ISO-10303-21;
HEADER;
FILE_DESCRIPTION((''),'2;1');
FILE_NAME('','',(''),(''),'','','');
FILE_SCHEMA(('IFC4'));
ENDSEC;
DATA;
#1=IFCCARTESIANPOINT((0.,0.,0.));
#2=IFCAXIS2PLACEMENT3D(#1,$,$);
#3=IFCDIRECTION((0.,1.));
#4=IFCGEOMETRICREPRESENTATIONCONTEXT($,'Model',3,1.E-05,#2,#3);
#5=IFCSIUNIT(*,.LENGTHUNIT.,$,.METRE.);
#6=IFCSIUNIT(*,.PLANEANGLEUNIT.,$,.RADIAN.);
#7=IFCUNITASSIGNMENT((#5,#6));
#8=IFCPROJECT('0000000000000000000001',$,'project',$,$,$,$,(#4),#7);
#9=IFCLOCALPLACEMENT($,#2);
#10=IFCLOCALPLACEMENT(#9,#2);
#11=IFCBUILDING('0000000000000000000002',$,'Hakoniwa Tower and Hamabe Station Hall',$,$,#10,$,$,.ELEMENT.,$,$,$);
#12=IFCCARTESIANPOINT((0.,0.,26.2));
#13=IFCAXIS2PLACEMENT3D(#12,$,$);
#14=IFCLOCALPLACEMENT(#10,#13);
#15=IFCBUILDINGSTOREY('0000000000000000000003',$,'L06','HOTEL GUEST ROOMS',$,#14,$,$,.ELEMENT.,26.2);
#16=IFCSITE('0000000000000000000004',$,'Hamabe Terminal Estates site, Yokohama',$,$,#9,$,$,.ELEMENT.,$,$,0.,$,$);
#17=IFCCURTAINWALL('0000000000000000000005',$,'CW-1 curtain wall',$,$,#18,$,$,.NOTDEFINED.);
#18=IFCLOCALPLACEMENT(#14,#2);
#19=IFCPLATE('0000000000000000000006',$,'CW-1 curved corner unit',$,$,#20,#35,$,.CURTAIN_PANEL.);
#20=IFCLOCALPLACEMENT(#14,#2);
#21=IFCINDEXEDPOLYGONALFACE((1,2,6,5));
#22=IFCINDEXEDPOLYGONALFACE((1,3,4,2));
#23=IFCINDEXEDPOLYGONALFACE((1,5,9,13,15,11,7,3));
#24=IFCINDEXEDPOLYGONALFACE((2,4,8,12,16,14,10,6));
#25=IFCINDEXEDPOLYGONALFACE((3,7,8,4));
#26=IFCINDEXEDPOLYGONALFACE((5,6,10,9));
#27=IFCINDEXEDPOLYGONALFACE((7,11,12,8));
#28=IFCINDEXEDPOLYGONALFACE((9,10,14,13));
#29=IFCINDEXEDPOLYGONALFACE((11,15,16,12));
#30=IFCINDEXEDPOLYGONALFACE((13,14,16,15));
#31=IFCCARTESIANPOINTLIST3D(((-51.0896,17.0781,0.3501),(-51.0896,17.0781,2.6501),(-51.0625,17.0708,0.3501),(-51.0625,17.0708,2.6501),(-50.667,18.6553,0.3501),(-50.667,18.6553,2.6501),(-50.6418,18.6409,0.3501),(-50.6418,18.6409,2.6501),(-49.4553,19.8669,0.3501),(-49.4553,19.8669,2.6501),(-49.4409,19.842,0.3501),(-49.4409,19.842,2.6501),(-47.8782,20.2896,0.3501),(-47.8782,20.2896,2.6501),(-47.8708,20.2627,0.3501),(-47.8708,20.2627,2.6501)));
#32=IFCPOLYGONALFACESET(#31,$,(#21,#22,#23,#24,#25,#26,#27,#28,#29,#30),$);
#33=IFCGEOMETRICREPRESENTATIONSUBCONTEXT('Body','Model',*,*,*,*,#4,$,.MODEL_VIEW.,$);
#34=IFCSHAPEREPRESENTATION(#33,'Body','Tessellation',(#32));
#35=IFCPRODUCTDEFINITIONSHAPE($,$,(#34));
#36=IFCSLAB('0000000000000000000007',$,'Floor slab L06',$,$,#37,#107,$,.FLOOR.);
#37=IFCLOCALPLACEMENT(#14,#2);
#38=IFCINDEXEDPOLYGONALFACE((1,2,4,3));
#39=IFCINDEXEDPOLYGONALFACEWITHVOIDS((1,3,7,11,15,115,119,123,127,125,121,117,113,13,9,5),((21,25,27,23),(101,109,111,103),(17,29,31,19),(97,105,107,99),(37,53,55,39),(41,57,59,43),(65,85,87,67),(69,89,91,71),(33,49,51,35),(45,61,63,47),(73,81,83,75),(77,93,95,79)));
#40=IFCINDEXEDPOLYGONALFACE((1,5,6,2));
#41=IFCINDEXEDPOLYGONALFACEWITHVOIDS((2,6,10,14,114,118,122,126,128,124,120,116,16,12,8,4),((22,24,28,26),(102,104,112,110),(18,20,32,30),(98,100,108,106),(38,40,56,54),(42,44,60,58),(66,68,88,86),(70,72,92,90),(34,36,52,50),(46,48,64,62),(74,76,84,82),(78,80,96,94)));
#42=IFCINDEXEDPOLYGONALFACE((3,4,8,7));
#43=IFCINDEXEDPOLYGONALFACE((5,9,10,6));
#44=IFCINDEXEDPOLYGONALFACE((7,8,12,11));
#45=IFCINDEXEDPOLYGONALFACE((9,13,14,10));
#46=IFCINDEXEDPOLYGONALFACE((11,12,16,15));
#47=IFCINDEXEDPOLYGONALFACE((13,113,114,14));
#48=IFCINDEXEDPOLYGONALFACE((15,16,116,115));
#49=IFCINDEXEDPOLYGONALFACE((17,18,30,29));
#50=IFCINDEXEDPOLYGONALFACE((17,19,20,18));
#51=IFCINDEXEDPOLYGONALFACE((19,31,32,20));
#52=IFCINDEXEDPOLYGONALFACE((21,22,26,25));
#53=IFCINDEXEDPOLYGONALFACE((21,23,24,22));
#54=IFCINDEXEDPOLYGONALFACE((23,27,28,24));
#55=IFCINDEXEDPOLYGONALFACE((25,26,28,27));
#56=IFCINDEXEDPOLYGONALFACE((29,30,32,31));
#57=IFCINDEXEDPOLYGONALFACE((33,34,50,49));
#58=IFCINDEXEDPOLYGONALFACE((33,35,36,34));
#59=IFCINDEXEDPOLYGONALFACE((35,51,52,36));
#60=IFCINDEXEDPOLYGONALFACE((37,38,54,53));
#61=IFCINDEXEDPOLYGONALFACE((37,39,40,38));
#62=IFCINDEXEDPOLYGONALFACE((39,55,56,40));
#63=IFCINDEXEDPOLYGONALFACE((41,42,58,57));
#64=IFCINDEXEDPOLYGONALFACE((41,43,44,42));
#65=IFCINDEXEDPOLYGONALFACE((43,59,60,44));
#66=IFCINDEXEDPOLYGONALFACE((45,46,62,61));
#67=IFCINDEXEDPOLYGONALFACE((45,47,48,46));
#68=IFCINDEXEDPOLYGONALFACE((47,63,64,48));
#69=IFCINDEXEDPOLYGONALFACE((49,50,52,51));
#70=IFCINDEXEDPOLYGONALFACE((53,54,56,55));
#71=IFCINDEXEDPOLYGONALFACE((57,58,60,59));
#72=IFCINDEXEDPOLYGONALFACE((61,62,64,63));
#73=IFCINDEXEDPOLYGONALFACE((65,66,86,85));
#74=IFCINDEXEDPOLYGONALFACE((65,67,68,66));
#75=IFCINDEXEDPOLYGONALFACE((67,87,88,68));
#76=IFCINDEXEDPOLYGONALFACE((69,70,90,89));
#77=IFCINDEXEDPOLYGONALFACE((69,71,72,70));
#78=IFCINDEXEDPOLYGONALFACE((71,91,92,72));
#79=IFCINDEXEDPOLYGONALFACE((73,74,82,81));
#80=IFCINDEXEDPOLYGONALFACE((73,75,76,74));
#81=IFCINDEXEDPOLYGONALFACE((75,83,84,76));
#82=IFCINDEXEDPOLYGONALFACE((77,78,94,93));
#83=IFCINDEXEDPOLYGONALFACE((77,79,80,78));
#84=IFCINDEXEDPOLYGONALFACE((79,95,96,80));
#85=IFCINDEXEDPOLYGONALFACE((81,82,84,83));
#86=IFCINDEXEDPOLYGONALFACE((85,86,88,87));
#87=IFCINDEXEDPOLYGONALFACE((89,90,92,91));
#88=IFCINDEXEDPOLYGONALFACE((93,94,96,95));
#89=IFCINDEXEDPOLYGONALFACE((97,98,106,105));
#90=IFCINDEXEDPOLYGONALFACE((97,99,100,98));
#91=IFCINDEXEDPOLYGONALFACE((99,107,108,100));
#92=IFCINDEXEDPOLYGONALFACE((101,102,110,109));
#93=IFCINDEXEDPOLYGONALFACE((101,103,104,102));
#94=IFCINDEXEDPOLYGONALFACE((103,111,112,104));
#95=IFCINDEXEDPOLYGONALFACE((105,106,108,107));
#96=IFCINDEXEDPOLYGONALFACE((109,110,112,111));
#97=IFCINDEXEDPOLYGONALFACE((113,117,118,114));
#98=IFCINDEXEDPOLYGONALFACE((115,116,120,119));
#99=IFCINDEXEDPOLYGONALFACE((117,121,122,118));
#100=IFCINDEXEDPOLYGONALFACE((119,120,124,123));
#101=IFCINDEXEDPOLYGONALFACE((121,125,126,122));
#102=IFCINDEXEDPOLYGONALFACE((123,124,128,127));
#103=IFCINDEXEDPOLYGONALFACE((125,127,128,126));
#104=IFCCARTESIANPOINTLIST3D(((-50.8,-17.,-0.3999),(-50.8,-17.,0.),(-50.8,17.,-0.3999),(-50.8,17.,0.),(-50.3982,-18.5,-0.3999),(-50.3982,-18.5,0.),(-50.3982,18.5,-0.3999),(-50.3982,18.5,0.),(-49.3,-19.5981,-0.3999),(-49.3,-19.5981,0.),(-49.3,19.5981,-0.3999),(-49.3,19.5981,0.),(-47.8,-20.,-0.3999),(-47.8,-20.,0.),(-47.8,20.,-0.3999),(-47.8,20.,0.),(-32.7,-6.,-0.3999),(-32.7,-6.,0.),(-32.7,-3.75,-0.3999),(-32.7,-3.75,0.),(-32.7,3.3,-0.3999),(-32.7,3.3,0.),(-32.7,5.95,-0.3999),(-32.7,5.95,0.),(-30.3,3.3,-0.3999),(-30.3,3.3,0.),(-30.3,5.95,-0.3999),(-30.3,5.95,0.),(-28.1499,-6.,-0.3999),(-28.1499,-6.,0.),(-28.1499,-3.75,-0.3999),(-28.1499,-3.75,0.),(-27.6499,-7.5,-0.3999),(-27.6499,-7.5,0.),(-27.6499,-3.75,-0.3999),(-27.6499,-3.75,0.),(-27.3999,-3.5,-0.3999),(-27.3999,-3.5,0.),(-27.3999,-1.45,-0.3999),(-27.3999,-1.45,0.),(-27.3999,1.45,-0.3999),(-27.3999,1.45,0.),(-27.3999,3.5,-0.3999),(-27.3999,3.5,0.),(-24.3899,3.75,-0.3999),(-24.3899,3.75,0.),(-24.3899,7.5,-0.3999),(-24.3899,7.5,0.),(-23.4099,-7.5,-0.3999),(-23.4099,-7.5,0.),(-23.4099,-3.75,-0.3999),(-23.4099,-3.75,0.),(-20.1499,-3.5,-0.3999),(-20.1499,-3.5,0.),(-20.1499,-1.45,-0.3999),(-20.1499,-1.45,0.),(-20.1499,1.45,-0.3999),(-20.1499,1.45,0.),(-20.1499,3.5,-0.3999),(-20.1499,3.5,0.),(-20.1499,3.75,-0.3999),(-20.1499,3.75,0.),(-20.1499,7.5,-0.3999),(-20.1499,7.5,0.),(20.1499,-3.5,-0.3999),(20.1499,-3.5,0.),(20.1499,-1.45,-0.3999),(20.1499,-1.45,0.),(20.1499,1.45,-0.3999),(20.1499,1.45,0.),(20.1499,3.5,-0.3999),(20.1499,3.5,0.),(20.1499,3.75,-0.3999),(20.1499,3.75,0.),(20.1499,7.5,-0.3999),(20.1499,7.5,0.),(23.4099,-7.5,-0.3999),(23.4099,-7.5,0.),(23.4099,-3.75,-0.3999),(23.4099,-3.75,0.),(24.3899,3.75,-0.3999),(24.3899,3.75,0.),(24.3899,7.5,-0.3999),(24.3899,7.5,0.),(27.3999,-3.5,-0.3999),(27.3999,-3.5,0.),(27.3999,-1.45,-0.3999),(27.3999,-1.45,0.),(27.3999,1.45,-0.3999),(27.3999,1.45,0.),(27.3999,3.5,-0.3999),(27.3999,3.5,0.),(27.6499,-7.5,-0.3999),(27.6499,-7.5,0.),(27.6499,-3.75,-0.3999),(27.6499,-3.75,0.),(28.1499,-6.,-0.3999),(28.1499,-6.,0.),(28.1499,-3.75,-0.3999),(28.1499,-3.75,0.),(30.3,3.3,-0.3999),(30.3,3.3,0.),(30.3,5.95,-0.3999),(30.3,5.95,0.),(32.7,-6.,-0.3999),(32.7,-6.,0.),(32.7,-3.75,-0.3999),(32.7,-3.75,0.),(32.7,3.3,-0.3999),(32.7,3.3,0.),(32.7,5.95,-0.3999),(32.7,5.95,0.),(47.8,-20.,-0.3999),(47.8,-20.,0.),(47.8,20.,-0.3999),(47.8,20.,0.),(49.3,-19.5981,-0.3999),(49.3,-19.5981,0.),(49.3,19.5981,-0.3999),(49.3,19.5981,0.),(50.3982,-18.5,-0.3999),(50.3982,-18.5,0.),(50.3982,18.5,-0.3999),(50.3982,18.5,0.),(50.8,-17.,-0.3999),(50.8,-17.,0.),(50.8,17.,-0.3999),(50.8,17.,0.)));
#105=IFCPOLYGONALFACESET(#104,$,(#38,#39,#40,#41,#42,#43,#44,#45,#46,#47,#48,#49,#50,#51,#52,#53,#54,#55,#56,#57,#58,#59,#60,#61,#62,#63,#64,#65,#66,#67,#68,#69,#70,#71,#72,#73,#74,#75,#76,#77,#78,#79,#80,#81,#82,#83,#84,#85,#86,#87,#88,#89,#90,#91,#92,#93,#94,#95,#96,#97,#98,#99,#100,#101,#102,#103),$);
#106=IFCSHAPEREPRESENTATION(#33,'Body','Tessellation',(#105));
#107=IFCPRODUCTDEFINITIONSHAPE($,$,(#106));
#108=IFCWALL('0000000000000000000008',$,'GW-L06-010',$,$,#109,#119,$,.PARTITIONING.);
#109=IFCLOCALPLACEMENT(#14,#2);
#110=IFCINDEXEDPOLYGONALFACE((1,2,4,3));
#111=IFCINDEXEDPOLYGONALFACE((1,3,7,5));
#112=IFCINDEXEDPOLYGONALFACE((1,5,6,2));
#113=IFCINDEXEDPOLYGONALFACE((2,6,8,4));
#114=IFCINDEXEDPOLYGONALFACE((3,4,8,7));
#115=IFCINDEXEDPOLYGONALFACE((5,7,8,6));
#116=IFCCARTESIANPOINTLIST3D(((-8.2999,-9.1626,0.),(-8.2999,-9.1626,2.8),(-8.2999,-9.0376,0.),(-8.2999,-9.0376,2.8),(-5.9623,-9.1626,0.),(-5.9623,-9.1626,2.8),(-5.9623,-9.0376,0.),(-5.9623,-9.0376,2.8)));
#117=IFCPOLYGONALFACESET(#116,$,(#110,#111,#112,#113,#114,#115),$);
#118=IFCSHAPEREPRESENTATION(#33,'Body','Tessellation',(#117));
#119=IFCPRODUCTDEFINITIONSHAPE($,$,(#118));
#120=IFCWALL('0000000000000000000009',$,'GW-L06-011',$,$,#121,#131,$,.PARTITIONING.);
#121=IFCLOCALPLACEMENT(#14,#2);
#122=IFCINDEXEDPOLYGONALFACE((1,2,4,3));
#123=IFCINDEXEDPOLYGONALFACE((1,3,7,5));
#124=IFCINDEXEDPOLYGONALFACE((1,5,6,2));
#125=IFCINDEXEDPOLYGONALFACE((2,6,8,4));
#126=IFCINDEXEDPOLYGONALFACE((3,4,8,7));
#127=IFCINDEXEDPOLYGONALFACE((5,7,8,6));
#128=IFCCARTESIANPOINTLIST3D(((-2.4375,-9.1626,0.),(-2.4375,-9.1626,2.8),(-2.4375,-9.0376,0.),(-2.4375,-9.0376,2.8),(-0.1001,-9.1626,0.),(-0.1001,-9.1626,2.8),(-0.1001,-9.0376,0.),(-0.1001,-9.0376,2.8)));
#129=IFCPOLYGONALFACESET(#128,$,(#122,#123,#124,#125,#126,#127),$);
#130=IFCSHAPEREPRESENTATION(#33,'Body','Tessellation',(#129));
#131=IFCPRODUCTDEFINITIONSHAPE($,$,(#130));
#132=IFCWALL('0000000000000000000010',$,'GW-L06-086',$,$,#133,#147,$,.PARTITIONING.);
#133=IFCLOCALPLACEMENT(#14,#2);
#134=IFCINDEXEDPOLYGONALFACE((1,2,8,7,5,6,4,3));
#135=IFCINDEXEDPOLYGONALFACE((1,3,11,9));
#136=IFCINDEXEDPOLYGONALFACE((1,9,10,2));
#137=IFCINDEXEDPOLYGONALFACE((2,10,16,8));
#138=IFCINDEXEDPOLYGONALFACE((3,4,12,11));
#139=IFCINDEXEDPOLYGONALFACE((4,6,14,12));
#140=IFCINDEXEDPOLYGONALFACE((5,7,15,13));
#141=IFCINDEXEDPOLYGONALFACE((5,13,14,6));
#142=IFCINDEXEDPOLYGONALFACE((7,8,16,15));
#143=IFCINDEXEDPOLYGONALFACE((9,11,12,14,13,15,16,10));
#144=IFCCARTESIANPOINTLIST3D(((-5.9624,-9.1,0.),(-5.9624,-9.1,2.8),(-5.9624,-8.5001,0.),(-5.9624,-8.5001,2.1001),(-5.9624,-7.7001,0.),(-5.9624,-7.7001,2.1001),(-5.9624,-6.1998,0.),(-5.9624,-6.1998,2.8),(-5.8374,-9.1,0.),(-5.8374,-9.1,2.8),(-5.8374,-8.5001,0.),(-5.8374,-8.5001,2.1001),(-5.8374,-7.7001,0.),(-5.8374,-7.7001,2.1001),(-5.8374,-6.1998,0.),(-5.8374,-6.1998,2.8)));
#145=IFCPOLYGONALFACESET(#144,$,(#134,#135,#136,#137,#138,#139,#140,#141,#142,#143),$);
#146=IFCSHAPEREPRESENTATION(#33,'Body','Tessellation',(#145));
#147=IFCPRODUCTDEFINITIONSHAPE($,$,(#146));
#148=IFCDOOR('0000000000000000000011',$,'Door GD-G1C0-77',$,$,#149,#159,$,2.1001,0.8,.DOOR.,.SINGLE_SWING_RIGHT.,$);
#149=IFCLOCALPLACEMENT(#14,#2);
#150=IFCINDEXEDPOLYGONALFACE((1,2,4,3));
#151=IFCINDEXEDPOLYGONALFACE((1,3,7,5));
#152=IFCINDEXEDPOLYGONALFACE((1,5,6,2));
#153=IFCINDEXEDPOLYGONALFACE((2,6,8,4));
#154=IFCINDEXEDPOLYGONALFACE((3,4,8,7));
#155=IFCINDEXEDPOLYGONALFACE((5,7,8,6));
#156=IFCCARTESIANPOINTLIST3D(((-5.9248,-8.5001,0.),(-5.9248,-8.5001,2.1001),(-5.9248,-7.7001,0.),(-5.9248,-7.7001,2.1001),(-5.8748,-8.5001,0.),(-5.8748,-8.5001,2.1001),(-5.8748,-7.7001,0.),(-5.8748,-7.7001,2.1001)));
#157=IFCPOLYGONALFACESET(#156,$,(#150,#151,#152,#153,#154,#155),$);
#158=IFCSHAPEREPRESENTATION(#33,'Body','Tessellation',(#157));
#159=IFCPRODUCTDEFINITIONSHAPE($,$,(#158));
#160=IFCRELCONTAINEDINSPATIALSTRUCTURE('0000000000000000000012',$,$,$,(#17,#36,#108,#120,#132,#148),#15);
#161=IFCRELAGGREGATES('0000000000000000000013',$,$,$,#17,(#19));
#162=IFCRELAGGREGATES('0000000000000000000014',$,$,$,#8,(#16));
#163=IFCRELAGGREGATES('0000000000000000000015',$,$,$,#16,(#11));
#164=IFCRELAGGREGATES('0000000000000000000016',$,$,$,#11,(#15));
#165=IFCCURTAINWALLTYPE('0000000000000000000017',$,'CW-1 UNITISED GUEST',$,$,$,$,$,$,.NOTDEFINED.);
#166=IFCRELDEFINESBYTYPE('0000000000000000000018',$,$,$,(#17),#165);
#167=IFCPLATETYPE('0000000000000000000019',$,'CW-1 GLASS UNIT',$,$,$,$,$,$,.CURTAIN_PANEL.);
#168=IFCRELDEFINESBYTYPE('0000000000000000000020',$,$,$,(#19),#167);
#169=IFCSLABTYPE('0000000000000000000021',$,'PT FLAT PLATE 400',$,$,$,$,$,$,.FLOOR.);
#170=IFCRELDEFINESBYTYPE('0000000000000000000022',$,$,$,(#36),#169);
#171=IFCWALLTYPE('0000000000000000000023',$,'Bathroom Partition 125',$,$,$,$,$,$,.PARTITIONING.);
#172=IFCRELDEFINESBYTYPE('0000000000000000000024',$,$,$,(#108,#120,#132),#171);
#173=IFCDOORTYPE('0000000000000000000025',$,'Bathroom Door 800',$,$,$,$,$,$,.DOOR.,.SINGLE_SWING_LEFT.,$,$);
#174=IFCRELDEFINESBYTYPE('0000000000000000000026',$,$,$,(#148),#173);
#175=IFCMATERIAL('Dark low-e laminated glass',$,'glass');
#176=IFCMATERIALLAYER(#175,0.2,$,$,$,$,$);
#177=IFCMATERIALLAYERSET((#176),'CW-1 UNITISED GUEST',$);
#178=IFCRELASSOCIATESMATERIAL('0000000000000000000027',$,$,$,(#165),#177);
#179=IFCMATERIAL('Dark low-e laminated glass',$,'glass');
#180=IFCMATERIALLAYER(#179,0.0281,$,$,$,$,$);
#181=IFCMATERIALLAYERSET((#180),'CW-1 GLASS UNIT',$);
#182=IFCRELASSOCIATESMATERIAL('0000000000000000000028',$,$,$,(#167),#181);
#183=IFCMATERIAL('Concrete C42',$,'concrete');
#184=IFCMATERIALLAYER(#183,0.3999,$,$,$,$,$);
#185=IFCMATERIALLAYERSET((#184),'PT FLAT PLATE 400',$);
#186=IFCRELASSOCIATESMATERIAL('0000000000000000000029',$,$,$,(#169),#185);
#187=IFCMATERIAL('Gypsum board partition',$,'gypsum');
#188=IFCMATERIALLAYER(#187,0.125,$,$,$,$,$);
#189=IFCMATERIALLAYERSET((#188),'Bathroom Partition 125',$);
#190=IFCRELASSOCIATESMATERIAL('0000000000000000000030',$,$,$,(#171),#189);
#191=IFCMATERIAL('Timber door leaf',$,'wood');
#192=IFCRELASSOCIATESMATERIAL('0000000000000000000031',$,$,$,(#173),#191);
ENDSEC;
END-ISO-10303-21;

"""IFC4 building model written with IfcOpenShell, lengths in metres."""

from ifc_helpers import new_model, si_unit, direction, frame, frame_2d, origin, place, context, subcontext, project, spatial, polyline, rectangle, outline, extrude, material, layer, layer_set, type_object, element, fill, aggregate, save


model = new_model("IFC4")

# Units and contexts
model_context = context("Model", 3, precision=1e-05, world=origin(), true_north=direction((0.0, 1.0)))
body_context = subcontext(model_context, "Body", "Model", "MODEL_VIEW")
ifc_project = project(units=[si_unit("LENGTHUNIT", "METRE"), si_unit("PLANEANGLEUNIT", "RADIAN")], contexts=[model_context])

# Site, building, storey
site_placement = place(None, origin())
site = spatial("IfcSite", under=ifc_project, at=site_placement, Name="Hamabe Terminal Estates site, Yokohama", CompositionType="ELEMENT", RefElevation=0.0)
building_placement = place(site_placement, origin())
building = spatial("IfcBuilding", under=site, at=building_placement, Name="Hakoniwa Tower and Hamabe Station Hall", CompositionType="ELEMENT")
storey_placement = place(building_placement, frame((0.0, 0.0, 26.2)))
storey = spatial("IfcBuildingStorey", under=building, at=storey_placement, Name="L06", Description="HOTEL GUEST ROOMS", CompositionType="ELEMENT", Elevation=26.2)

# Curtain wall
ifc_material_1 = material(Name="Dark low-e laminated glass", Category="glass")
ifc_layer_1 = layer(ifc_material_1, 0.2)
ifc_layer_set_1 = layer_set([ifc_layer_1], Name="CW-1 UNITISED GUEST")
curtain_wall_type = type_object("IfcCurtainWallType", Name="CW-1 UNITISED GUEST", PredefinedType="NOTDEFINED", material=ifc_layer_set_1)
curtain_wall_1_placement = place(storey_placement, origin())
curtain_wall_1 = element("IfcCurtainWall", 1, at=curtain_wall_1_placement, inside=storey, type_object=curtain_wall_type, Name="CW-1 curtain wall", PredefinedType="NOTDEFINED")

# Plate
ifc_material_2 = material(Name="Dark low-e laminated glass", Category="glass")
ifc_layer_2 = layer(ifc_material_2, 0.0281)
ifc_layer_set_2 = layer_set([ifc_layer_2], Name="CW-1 GLASS UNIT")
plate_type = type_object("IfcPlateType", Name="CW-1 GLASS UNIT", PredefinedType="CURTAIN_PANEL", material=ifc_layer_set_2)
plate_1_placement = place(storey_placement, frame((0.0, 0.0, 0.3501)))
plate_1 = element("IfcPlate", 2, at=plate_1_placement, type_object=plate_type, Name="CW-1 curved corner unit", PredefinedType="CURTAIN_PANEL", context=body_context, shape_type="SweptSolid", body=[
    extrude(outline(polyline([(-47.8782, 20.2896), (-49.4553, 19.8669), (-50.667, 18.6553), (-51.0896, 17.0781), (-51.0625, 17.0708), (-50.6418, 18.6409), (-49.4409, 19.842), (-47.8708, 20.2627), (-47.8782, 20.2896)])), origin(), (0.0, 0.0, 1.0), 2.3),
])
aggregate(curtain_wall_1, [plate_1])

# Slab
ifc_material_3 = material(Name="Concrete C42", Category="concrete")
ifc_layer_3 = layer(ifc_material_3, 0.3999)
ifc_layer_set_3 = layer_set([ifc_layer_3], Name="PT FLAT PLATE 400")
slab_type_1 = type_object("IfcSlabType", Name="PT FLAT PLATE 400", PredefinedType="FLOOR", material=ifc_layer_set_3)
slab_1_placement = place(storey_placement, frame((0.0, 0.0, -0.3999)))
element("IfcSlab", 3, at=slab_1_placement, inside=storey, type_object=slab_type_1, Name="Floor slab L06", PredefinedType="FLOOR", context=body_context, shape_type="SweptSolid", body=[
    extrude(outline(polyline([(50.8, -17.0), (50.8, 17.0), (50.3982, 18.5), (49.3, 19.5981), (47.8, 20.0), (-47.8, 20.0), (-49.3, 19.5981), (-50.3982, 18.5), (-50.8, 17.0), (-50.8, -17.0), (-50.3982, -18.5), (-49.3, -19.5981), (-47.8, -20.0), (47.8, -20.0), (49.3, -19.5981), (50.3982, -18.5), (50.8, -17.0)]), holes=[polyline([(-27.3999, 1.45), (-27.3999, 3.5), (-20.1499, 3.5), (-20.1499, 1.45), (-27.3999, 1.45)]), polyline([(-27.3999, -3.5), (-27.3999, -1.45), (-20.1499, -1.45), (-20.1499, -3.5), (-27.3999, -3.5)]), polyline([(-32.7, 3.3), (-32.7, 5.95), (-30.3, 5.95), (-30.3, 3.3), (-32.7, 3.3)]), polyline([(-32.7, -6.0), (-32.7, -3.75), (-28.1499, -3.75), (-28.1499, -6.0), (-32.7, -6.0)]), polyline([(-24.3899, 3.75), (-24.3899, 7.5), (-20.1499, 7.5), (-20.1499, 3.75), (-24.3899, 3.75)]), polyline([(-27.6499, -7.5), (-27.6499, -3.75), (-23.4099, -3.75), (-23.4099, -7.5), (-27.6499, -7.5)]), polyline([(20.1499, 1.45), (20.1499, 3.5), (27.3999, 3.5), (27.3999, 1.45), (20.1499, 1.45)]), polyline([(20.1499, -3.5), (20.1499, -1.45), (27.3999, -1.45), (27.3999, -3.5), (20.1499, -3.5)]), polyline([(30.3, 3.3), (30.3, 5.95), (32.7, 5.95), (32.7, 3.3), (30.3, 3.3)]), polyline([(28.1499, -6.0), (28.1499, -3.75), (32.7, -3.75), (32.7, -6.0), (28.1499, -6.0)]), polyline([(20.1499, 3.75), (20.1499, 7.5), (24.3899, 7.5), (24.3899, 3.75), (20.1499, 3.75)]), polyline([(23.4099, -7.5), (23.4099, -3.75), (27.6499, -3.75), (27.6499, -7.5), (23.4099, -7.5)])]), origin(), (0.0, 0.0, 1.0), 0.3999),
])

# Walls
ifc_material_4 = material(Name="Gypsum board partition", Category="gypsum")
ifc_layer_4 = layer(ifc_material_4, 0.125)
ifc_layer_set_4 = layer_set([ifc_layer_4], Name="Bathroom Partition 125")
wall_type_1 = type_object("IfcWallType", Name="Bathroom Partition 125", PredefinedType="PARTITIONING", material=ifc_layer_set_4)
wall_1_placement = place(storey_placement, frame((-8.3, -9.1001, 0.0), z_axis=(0.0, 0.0, 1.0), x_axis=(1.0, 0.0, 0.0)))
element("IfcWall", 4, at=wall_1_placement, inside=storey, type_object=wall_type_1, Name="GW-L06-010", PredefinedType="PARTITIONING", context=body_context, shape_type="SweptSolid", body=[
    extrude(rectangle(XDim=2.3376, YDim=0.125, at=frame_2d((1.1689, 0.0))), origin(), (0.0, 0.0, 1.0), 2.8),
])
wall_2_placement = place(storey_placement, frame((-2.4375, -9.1001, 0.0), z_axis=(0.0, 0.0, 1.0), x_axis=(1.0, 0.0, 0.0)))
element("IfcWall", 5, at=wall_2_placement, inside=storey, type_object=wall_type_1, Name="GW-L06-011", PredefinedType="PARTITIONING", context=body_context, shape_type="SweptSolid", body=[
    extrude(rectangle(XDim=2.3374, YDim=0.125, at=frame_2d((1.1687, 0.0))), origin(), (0.0, 0.0, 1.0), 2.8),
])

# Wall, opening, door
wall_3_placement = place(storey_placement, frame((-5.8999, -9.1001, 0.0), z_axis=(0.0, 0.0, 1.0), x_axis=(0.0, 1.0, 0.0)))
wall_3 = element("IfcWall", 6, at=wall_3_placement, inside=storey, type_object=wall_type_1, Name="GW-L06-086", PredefinedType="PARTITIONING", context=body_context, shape_type="SweptSolid", body=[
    extrude(rectangle(XDim=2.9001, YDim=0.125, at=frame_2d((1.4502, 0.0))), origin(), (0.0, 0.0, 1.0), 2.8),
])
opening_1_placement = place(wall_3_placement, frame((0.6001, 0.0, 0.0)))
opening_1 = element("IfcOpeningElement", 7, at=opening_1_placement, cuts=wall_3, PredefinedType="OPENING", context=body_context, shape_type="SweptSolid", body=[
    extrude(rectangle(XDim=0.8, YDim=2.1001, at=frame_2d((0.3999, 1.05))), frame((0.0, 0.0725, 0.0), z_axis=(0.0, -1.0, 0.0), x_axis=(1.0, 0.0, 0.0)), (0.0, 0.0, 1.0), 0.145),
])
ifc_material_5 = material(Name="Timber door leaf", Category="wood")
door_type_1 = type_object("IfcDoorType", Name="Bathroom Door 800", OperationType="SINGLE_SWING_LEFT", PredefinedType="DOOR", material=ifc_material_5)
door_1_placement = place(opening_1_placement, origin())
door_1 = element("IfcDoor", 8, at=door_1_placement, inside=storey, type_object=door_type_1, Name="Door GD-G1C0-77", OperationType="SINGLE_SWING_RIGHT", OverallHeight=2.1001, OverallWidth=0.8, PredefinedType="DOOR", context=body_context, shape_type="SweptSolid", body=[
    extrude(rectangle(XDim=0.8, YDim=2.1001, at=frame_2d((0.3999, 1.05))), frame((0.0, 0.0249, 0.0), z_axis=(0.0, -1.0, 0.0), x_axis=(1.0, 0.0, 0.0)), (0.0, 0.0, 1.0), 0.05),
])
fill(opening_1, door_1)

save(model, "model.ifc")
